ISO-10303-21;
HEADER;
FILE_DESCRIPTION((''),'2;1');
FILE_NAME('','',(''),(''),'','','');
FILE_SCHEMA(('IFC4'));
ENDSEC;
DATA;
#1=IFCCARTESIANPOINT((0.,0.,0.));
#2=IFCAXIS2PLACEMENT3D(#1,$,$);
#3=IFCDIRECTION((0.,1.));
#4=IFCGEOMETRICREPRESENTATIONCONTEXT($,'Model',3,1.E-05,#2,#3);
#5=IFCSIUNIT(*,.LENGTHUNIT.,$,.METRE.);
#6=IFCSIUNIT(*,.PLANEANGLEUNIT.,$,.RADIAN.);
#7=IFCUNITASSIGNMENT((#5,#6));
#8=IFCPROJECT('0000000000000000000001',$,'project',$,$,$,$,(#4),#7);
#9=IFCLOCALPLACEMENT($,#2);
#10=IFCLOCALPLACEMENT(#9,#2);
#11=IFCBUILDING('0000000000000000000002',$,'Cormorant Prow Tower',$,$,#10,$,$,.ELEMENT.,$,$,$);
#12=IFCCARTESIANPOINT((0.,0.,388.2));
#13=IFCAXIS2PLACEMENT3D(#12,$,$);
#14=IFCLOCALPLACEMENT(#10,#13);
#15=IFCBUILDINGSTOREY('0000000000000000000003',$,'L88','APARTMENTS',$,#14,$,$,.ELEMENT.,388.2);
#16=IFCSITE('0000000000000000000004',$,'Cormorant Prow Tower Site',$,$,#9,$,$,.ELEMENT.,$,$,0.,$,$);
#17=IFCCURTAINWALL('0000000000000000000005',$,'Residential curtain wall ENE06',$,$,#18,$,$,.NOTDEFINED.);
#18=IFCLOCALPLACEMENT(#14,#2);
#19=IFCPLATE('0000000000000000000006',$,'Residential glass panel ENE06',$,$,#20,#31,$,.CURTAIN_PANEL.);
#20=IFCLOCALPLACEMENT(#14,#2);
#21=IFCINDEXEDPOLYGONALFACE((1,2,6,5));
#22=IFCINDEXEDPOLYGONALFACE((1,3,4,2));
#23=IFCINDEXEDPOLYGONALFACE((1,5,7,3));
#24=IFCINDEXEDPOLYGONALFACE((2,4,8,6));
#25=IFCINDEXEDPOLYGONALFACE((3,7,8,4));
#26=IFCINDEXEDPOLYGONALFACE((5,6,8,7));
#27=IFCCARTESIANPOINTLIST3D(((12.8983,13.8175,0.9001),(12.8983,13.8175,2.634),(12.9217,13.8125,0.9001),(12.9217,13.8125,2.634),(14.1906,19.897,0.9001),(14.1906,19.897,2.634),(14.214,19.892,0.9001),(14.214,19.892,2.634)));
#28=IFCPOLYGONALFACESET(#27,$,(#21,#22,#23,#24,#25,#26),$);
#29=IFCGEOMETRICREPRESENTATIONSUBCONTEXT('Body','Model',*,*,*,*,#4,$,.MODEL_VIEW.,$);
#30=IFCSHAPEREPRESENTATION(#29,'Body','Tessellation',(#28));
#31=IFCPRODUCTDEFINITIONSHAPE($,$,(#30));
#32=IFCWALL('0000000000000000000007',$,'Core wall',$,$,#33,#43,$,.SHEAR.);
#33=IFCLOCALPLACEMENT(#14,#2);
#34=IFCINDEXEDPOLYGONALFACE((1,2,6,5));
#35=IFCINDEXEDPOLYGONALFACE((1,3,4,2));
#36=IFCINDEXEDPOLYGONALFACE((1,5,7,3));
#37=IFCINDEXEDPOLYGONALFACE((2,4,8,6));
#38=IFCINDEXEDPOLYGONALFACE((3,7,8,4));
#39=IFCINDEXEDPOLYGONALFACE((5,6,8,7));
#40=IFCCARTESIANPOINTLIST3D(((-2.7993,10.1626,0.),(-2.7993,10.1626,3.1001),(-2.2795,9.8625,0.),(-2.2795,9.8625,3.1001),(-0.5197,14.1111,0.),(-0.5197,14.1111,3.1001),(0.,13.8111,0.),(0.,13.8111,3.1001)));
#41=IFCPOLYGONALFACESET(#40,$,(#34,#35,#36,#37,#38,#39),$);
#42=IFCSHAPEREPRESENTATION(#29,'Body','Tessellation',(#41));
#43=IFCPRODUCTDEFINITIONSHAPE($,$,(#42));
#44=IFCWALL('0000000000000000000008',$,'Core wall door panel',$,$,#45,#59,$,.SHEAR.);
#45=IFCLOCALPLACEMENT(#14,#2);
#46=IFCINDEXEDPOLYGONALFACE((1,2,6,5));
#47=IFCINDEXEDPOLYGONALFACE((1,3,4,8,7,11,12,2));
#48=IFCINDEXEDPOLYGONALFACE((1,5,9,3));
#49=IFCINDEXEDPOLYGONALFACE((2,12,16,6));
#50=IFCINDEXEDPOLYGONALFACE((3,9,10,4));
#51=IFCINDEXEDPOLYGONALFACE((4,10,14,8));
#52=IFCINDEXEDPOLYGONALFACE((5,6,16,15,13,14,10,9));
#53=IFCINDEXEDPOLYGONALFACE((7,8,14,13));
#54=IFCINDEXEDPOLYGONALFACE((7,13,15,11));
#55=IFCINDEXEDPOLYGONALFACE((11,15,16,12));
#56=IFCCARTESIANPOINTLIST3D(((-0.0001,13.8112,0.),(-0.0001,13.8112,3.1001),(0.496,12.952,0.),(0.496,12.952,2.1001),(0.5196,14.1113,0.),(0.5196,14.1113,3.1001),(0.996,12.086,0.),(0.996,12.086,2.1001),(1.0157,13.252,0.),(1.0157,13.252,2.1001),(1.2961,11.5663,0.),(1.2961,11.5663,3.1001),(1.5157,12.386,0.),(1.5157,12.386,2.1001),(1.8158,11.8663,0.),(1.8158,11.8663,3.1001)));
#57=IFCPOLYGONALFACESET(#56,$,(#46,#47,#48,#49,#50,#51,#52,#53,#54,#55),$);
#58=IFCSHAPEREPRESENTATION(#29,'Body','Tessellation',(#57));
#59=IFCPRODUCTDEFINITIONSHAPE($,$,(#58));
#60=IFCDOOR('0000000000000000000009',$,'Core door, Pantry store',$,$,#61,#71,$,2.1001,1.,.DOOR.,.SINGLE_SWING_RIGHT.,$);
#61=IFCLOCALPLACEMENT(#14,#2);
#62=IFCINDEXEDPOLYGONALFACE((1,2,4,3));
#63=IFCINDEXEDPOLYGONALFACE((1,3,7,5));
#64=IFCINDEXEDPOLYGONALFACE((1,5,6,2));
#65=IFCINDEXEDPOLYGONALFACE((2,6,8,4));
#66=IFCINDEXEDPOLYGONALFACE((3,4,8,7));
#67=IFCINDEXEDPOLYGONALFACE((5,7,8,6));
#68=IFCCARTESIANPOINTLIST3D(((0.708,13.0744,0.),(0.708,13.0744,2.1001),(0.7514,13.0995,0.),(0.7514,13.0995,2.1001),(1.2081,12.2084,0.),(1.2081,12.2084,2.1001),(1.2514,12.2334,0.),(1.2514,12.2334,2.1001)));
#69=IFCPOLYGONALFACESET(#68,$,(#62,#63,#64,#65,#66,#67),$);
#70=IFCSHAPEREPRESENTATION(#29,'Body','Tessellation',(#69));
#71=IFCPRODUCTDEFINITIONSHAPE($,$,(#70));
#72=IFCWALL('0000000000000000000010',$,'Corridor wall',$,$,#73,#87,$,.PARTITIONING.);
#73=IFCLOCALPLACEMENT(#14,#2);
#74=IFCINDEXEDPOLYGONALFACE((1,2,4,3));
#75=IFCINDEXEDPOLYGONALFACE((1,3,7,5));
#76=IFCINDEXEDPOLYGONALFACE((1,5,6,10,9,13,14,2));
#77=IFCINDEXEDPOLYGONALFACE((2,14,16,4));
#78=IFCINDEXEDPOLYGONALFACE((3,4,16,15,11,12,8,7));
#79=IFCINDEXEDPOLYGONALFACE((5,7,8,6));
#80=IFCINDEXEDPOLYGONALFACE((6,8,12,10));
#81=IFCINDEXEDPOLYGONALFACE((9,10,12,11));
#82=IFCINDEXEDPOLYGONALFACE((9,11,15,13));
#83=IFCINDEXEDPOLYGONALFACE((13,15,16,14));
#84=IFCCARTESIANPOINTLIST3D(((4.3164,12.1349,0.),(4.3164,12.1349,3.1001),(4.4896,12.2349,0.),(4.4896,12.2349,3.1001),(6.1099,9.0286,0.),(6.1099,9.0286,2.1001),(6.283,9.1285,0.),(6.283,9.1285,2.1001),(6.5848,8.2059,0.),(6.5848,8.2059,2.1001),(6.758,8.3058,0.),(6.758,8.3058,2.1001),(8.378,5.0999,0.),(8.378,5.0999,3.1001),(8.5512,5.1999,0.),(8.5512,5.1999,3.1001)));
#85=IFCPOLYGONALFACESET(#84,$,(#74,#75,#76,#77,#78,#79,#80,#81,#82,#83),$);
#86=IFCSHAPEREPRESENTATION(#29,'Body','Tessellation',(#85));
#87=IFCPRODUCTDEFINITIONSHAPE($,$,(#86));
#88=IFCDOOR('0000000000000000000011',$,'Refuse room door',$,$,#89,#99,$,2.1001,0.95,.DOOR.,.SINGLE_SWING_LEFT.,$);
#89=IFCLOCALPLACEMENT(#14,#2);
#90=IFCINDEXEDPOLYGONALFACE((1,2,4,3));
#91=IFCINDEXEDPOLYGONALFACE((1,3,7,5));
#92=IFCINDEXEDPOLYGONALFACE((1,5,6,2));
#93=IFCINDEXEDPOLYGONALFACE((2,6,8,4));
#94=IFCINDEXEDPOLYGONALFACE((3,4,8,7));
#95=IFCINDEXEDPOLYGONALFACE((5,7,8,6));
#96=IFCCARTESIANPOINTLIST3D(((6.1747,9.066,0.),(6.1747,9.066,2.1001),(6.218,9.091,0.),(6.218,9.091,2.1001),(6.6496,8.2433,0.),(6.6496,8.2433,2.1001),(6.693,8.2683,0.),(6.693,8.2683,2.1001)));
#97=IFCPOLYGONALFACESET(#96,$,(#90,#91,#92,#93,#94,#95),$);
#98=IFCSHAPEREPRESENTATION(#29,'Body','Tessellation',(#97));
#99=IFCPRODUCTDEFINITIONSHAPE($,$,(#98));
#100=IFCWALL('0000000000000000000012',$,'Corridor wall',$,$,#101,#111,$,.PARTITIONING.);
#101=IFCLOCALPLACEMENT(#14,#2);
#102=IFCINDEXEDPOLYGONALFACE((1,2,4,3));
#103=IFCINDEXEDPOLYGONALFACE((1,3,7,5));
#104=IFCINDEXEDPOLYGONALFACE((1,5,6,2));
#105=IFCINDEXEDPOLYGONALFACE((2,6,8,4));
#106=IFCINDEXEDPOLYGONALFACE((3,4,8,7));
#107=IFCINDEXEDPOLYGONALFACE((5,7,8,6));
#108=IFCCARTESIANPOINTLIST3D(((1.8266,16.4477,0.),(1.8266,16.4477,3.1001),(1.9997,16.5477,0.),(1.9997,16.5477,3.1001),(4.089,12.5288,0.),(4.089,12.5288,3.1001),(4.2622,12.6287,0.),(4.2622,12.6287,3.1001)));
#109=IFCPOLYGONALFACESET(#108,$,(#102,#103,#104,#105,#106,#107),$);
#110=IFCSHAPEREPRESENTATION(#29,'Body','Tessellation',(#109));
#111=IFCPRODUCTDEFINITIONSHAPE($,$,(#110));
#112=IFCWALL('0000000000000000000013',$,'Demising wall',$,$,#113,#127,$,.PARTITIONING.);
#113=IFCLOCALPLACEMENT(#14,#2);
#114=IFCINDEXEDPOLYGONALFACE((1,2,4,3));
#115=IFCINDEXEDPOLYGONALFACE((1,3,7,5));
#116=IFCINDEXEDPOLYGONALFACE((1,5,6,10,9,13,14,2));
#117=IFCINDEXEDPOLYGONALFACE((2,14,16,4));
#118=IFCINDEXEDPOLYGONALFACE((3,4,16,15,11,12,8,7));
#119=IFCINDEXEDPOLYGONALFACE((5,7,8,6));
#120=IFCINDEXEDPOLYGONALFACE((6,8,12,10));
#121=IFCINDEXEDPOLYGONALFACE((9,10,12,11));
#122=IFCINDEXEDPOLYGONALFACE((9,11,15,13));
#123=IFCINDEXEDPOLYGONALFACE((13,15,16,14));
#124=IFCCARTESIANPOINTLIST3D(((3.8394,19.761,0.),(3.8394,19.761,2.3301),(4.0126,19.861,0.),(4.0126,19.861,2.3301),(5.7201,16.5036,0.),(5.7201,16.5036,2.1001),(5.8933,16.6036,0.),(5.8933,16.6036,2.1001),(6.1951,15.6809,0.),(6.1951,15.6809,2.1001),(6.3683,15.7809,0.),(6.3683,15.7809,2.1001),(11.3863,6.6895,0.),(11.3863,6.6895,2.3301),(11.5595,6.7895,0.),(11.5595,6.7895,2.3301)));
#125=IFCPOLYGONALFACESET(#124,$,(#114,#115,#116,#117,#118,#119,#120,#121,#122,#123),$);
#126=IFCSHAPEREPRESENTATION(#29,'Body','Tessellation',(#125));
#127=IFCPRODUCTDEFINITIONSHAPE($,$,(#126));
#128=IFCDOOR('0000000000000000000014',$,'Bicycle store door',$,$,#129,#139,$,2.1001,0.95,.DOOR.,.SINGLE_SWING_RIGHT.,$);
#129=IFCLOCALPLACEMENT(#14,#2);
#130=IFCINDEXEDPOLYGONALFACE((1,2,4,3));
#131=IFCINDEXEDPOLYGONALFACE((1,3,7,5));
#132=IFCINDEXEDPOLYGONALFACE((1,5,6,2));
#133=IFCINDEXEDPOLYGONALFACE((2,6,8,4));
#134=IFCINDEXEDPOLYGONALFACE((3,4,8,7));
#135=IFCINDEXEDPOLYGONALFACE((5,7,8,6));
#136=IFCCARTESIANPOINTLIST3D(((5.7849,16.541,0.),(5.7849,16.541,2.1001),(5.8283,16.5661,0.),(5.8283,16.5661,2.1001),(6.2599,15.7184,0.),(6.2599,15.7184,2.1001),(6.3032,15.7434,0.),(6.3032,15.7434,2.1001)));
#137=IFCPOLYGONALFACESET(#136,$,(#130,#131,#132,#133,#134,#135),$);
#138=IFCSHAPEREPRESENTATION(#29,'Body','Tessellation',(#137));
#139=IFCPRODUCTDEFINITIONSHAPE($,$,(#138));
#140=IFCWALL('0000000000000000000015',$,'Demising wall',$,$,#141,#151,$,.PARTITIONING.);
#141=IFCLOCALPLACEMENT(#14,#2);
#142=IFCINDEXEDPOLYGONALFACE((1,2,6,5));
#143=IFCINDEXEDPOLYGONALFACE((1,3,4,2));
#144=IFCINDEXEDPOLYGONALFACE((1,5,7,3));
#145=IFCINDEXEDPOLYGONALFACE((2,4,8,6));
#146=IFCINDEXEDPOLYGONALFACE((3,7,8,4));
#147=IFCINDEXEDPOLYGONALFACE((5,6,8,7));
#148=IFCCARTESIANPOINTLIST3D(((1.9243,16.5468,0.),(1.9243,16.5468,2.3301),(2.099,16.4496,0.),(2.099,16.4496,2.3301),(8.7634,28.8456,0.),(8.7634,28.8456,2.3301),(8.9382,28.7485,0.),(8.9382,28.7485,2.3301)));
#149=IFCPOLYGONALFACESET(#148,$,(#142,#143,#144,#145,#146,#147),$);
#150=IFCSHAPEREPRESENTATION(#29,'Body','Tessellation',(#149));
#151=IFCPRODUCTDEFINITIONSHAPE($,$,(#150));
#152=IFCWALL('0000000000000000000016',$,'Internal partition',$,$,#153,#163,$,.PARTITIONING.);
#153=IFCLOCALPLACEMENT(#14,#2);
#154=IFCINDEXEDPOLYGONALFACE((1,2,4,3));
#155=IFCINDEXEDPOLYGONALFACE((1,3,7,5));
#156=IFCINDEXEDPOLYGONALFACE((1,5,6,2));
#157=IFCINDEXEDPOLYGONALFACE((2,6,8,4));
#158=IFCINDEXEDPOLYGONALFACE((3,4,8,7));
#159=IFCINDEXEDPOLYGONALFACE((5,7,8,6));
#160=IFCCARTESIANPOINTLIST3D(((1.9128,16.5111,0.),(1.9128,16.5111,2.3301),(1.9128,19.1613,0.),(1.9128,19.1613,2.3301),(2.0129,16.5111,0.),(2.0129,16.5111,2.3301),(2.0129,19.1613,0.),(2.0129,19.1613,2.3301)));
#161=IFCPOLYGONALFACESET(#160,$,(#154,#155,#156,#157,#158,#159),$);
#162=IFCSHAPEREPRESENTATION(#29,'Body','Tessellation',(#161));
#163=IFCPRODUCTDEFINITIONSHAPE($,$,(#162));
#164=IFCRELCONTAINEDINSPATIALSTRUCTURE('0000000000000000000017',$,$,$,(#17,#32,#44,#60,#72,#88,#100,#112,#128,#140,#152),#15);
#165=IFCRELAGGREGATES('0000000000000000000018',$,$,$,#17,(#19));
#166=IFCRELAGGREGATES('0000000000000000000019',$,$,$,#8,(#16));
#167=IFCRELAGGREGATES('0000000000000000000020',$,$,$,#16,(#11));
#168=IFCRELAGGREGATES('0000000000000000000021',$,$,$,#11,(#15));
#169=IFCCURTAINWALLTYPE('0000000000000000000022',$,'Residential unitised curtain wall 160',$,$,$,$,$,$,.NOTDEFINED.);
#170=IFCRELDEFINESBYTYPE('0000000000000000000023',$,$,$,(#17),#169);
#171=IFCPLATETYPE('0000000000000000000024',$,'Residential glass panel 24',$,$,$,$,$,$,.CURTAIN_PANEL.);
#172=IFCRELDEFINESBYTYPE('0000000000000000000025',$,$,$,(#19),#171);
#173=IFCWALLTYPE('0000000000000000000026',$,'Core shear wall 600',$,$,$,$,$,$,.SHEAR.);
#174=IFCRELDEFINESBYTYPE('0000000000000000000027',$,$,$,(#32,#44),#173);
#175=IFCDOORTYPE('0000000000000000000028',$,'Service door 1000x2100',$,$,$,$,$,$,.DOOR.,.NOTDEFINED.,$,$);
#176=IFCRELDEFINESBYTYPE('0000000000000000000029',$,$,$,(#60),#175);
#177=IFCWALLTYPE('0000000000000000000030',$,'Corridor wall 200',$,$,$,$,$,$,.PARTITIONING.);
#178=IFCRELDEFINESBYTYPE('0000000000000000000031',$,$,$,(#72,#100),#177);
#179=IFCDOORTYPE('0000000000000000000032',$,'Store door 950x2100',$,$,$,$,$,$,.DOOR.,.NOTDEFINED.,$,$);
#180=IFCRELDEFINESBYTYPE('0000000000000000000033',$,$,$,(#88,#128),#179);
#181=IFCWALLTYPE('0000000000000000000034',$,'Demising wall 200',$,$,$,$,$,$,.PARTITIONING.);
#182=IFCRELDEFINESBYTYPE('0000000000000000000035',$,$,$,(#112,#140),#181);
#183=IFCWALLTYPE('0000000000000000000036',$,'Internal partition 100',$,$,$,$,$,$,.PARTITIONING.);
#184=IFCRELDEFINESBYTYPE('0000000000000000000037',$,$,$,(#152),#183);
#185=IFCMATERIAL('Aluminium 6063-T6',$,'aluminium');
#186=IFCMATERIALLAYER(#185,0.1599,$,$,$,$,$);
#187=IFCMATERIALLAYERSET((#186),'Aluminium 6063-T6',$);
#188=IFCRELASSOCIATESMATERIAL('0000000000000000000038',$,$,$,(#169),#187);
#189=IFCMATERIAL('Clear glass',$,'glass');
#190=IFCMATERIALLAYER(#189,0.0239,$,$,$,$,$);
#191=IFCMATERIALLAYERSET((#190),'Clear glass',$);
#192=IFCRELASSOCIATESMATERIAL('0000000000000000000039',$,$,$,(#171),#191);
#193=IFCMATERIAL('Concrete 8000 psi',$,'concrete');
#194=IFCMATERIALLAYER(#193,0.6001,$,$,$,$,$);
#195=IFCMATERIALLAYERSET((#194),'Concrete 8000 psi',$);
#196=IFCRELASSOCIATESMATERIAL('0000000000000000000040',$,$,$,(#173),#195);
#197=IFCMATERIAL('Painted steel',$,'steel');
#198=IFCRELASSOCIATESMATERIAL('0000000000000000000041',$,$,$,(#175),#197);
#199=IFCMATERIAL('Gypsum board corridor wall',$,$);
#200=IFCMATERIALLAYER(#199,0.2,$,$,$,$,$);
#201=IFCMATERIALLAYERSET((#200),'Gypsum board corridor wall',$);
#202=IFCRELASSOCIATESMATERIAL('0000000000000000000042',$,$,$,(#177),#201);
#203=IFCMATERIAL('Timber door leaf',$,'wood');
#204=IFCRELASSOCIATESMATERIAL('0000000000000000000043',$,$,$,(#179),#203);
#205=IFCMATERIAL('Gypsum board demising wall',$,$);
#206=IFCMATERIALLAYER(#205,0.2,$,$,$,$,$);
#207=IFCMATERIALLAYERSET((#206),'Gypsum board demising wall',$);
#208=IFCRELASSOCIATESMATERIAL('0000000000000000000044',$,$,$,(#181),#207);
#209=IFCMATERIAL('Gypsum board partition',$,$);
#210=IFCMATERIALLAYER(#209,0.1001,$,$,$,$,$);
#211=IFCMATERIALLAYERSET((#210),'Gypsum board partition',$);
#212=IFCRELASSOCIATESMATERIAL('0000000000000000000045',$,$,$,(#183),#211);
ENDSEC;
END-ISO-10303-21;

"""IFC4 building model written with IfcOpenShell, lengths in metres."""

from ifc_helpers import new_model, si_unit, direction, frame, frame_2d, origin, origin_2d, place, context, subcontext, project, spatial, rectangle, extrude, material, layer, layer_set, type_object, element, fill, aggregate, save


model = new_model("IFC4")

# Units and contexts
model_context = context("Model", 3, precision=1e-05, world=origin(), true_north=direction((0.0, 1.0)))
body_context = subcontext(model_context, "Body", "Model", "MODEL_VIEW")
ifc_project = project(units=[si_unit("LENGTHUNIT", "METRE"), si_unit("PLANEANGLEUNIT", "RADIAN")], contexts=[model_context])

# Site, building, storey
site_placement = place(None, origin())
site = spatial("IfcSite", under=ifc_project, at=site_placement, Name="Cormorant Prow Tower Site", CompositionType="ELEMENT", RefElevation=0.0)
building_placement = place(site_placement, origin())
building = spatial("IfcBuilding", under=site, at=building_placement, Name="Cormorant Prow Tower", CompositionType="ELEMENT")
storey_placement = place(building_placement, frame((0.0, 0.0, 388.2)))
storey = spatial("IfcBuildingStorey", under=building, at=storey_placement, Name="L88", Description="APARTMENTS", CompositionType="ELEMENT", Elevation=388.2)

# Curtain wall
ifc_material_1 = material(Name="Aluminium 6063-T6", Category="aluminium")
ifc_layer_1 = layer(ifc_material_1, 0.1599)
ifc_layer_set_1 = layer_set([ifc_layer_1], Name="Aluminium 6063-T6")
curtain_wall_type = type_object("IfcCurtainWallType", Name="Residential unitised curtain wall 160", PredefinedType="NOTDEFINED", material=ifc_layer_set_1)
curtain_wall_placement = place(storey_placement, origin())
curtain_wall = element("IfcCurtainWall", 1, at=curtain_wall_placement, inside=storey, type_object=curtain_wall_type, Name="Residential curtain wall ENE06", PredefinedType="NOTDEFINED")

# Plate
ifc_material_2 = material(Name="Clear glass", Category="glass")
ifc_layer_2 = layer(ifc_material_2, 0.0239)
ifc_layer_set_2 = layer_set([ifc_layer_2], Name="Clear glass")
plate_type = type_object("IfcPlateType", Name="Residential glass panel 24", PredefinedType="CURTAIN_PANEL", material=ifc_layer_set_2)
plate_placement = place(storey_placement, frame((13.5562, 16.8547, 0.9001), z_axis=(0.0, 0.0, 1.0), x_axis=(0.207912, 0.978148, 0.0)))
plate = element("IfcPlate", 2, at=plate_placement, type_object=plate_type, Name="Residential glass panel ENE06", PredefinedType="CURTAIN_PANEL", context=body_context, shape_type="SweptSolid", body=[
    extrude(rectangle(XDim=6.2153, YDim=0.0239, at=origin_2d()), origin(), (0.0, 0.0, 1.0), 1.7339),
])
aggregate(curtain_wall, [plate])

# Wall
ifc_material_3 = material(Name="Concrete 8000 psi", Category="concrete")
ifc_layer_3 = layer(ifc_material_3, 0.6001)
ifc_layer_set_3 = layer_set([ifc_layer_3], Name="Concrete 8000 psi")
wall_type_1 = type_object("IfcWallType", Name="Core shear wall 600", PredefinedType="SHEAR", material=ifc_layer_set_3)
wall_1_placement = place(storey_placement, frame((-0.2598, 13.9612, 0.0), z_axis=(0.0, 0.0, 1.0), x_axis=(-0.49998, -0.866037, 0.0)))
element("IfcWall", 3, at=wall_1_placement, inside=storey, type_object=wall_type_1, Name="Core wall", PredefinedType="SHEAR", context=body_context, shape_type="SweptSolid", body=[
    extrude(rectangle(XDim=4.5593, YDim=0.6001, at=frame_2d((2.2798, 0.0))), origin(), (0.0, 0.0, 1.0), 3.1001),
])

# Walls, openings, doors
wall_2_placement = place(storey_placement, frame((1.5559, 11.7163, 0.0), z_axis=(0.0, 0.0, 1.0), x_axis=(-0.500019, 0.866015, 0.0)))
wall_2 = element("IfcWall", 4, at=wall_2_placement, inside=storey, type_object=wall_type_1, Name="Core wall door panel", PredefinedType="SHEAR", context=body_context, shape_type="SweptSolid", body=[
    extrude(rectangle(XDim=2.5923, YDim=0.6001, at=frame_2d((1.2961, 0.0))), origin(), (0.0, 0.0, 1.0), 3.1001),
])
opening_1_placement = place(wall_2_placement, frame((0.6001, 0.0, 0.0)))
opening_1 = element("IfcOpeningElement", 5, at=opening_1_placement, cuts=wall_2, PredefinedType="OPENING", context=body_context, shape_type="SweptSolid", body=[
    extrude(rectangle(XDim=1.0, YDim=2.1001, at=frame_2d((0.5, 1.05))), frame((0.0, 0.3101, 0.0), z_axis=(0.0, -1.0, 0.0), x_axis=(1.0, 0.0, 0.0)), (0.0, 0.0, 1.0), 0.6201),
])
ifc_material_4 = material(Name="Painted steel", Category="steel")
door_type_1 = type_object("IfcDoorType", Name="Service door 1000x2100", OperationType="NOTDEFINED", PredefinedType="DOOR", material=ifc_material_4)
door_1_placement = place(opening_1_placement, origin())
door_1 = element("IfcDoor", 6, at=door_1_placement, inside=storey, type_object=door_type_1, Name="Core door, Pantry store", OperationType="SINGLE_SWING_RIGHT", OverallHeight=2.1001, OverallWidth=1.0, PredefinedType="DOOR", context=body_context, shape_type="SweptSolid", body=[
    extrude(rectangle(XDim=1.0, YDim=2.1001, at=frame_2d((0.5, 1.05))), frame((0.0, 0.0552, 0.0), z_axis=(0.0, -1.0, 0.0), x_axis=(1.0, 0.0, 0.0)), (0.0, 0.0, 1.0), 0.05),
])
fill(opening_1, door_1)
ifc_material_5 = material(Name="Gypsum board corridor wall")
ifc_layer_4 = layer(ifc_material_5, 0.2)
ifc_layer_set_4 = layer_set([ifc_layer_4], Name="Gypsum board corridor wall")
wall_type_2 = type_object("IfcWallType", Name="Corridor wall 200", PredefinedType="PARTITIONING", material=ifc_layer_set_4)
wall_3_placement = place(storey_placement, frame((4.4031, 12.1848, 0.0), z_axis=(0.0, 0.0, 1.0), x_axis=(0.499992, -0.86603, 0.0)))
wall_3 = element("IfcWall", 7, at=wall_3_placement, inside=storey, type_object=wall_type_2, Name="Corridor wall", PredefinedType="PARTITIONING", context=body_context, shape_type="SweptSolid", body=[
    extrude(rectangle(XDim=8.1233, YDim=0.2, at=frame_2d((4.0615, 0.0))), origin(), (0.0, 0.0, 1.0), 3.1001),
])
opening_2_placement = place(wall_3_placement, frame((3.5867, 0.0, 0.0)))
opening_2 = element("IfcOpeningElement", 8, at=opening_2_placement, cuts=wall_3, PredefinedType="OPENING", context=body_context, shape_type="SweptSolid", body=[
    extrude(rectangle(XDim=0.95, YDim=2.1001, at=frame_2d((0.4751, 1.05))), frame((0.0, 0.1099, 0.0), z_axis=(0.0, -1.0, 0.0), x_axis=(1.0, 0.0, 0.0)), (0.0, 0.0, 1.0), 0.22),
])
ifc_material_6 = material(Name="Timber door leaf", Category="wood")
door_type_2 = type_object("IfcDoorType", Name="Store door 950x2100", OperationType="NOTDEFINED", PredefinedType="DOOR", material=ifc_material_6)
door_2_placement = place(opening_2_placement, origin())
door_2 = element("IfcDoor", 9, at=door_2_placement, inside=storey, type_object=door_type_2, Name="Refuse room door", OperationType="SINGLE_SWING_LEFT", OverallHeight=2.1001, OverallWidth=0.95, PredefinedType="DOOR", context=body_context, shape_type="SweptSolid", body=[
    extrude(rectangle(XDim=0.95, YDim=2.1001, at=frame_2d((0.4751, 1.05))), frame((0.0, 0.0249, 0.0), z_axis=(0.0, -1.0, 0.0), x_axis=(1.0, 0.0, 0.0)), (0.0, 0.0, 1.0), 0.05),
])
fill(opening_2, door_2)

# Wall
wall_4_placement = place(storey_placement, frame((1.9131, 16.4978, 0.0), z_axis=(0.0, 0.0, 1.0), x_axis=(0.499975, -0.86604, 0.0)))
element("IfcWall", 10, at=wall_4_placement, inside=storey, type_object=wall_type_2, Name="Corridor wall", PredefinedType="PARTITIONING", context=body_context, shape_type="SweptSolid", body=[
    extrude(rectangle(XDim=4.5251, YDim=0.2, at=frame_2d((2.2627, 0.0))), origin(), (0.0, 0.0, 1.0), 3.1001),
])

# Wall, opening, door
ifc_material_7 = material(Name="Gypsum board demising wall")
ifc_layer_5 = layer(ifc_material_7, 0.2)
ifc_layer_set_5 = layer_set([ifc_layer_5], Name="Gypsum board demising wall")
wall_type_3 = type_object("IfcWallType", Name="Demising wall 200", PredefinedType="PARTITIONING", material=ifc_layer_set_5)
wall_5_placement = place(storey_placement, frame((3.926, 19.811, 0.0), z_axis=(0.0, 0.0, 1.0), x_axis=(0.500001, -0.866025, 0.0)))
wall_5 = element("IfcWall", 11, at=wall_5_placement, inside=storey, type_object=wall_type_3, Name="Demising wall", PredefinedType="PARTITIONING", context=body_context, shape_type="SweptSolid", body=[
    extrude(rectangle(XDim=15.0938, YDim=0.2, at=frame_2d((7.5469, 0.0))), origin(), (0.0, 0.0, 1.0), 2.3301),
])
opening_3_placement = place(wall_5_placement, frame((3.7612, 0.0, 0.0)))
opening_3 = element("IfcOpeningElement", 12, at=opening_3_placement, cuts=wall_5, PredefinedType="OPENING", context=body_context, shape_type="SweptSolid", body=[
    extrude(rectangle(XDim=0.95, YDim=2.1001, at=frame_2d((0.4751, 1.05))), frame((0.0, 0.1099, 0.0), z_axis=(0.0, -1.0, 0.0), x_axis=(1.0, 0.0, 0.0)), (0.0, 0.0, 1.0), 0.22),
])
door_3_placement = place(opening_3_placement, origin())
door_3 = element("IfcDoor", 13, at=door_3_placement, inside=storey, type_object=door_type_2, Name="Bicycle store door", OperationType="SINGLE_SWING_RIGHT", OverallHeight=2.1001, OverallWidth=0.95, PredefinedType="DOOR", context=body_context, shape_type="SweptSolid", body=[
    extrude(rectangle(XDim=0.95, YDim=2.1001, at=frame_2d((0.4751, 1.05))), frame((0.0, 0.0249, 0.0), z_axis=(0.0, -1.0, 0.0), x_axis=(1.0, 0.0, 0.0)), (0.0, 0.0, 1.0), 0.05),
])
fill(opening_3, door_3)

# Walls
wall_6_placement = place(storey_placement, frame((2.0117, 16.4983, 0.0), z_axis=(0.0, 0.0, 1.0), x_axis=(0.485992, 0.873963, 0.0)))
element("IfcWall", 14, at=wall_6_placement, inside=storey, type_object=wall_type_3, Name="Demising wall", PredefinedType="PARTITIONING", context=body_context, shape_type="SweptSolid", body=[
    extrude(rectangle(XDim=14.0725, YDim=0.2, at=frame_2d((7.0361, 0.0))), origin(), (0.0, 0.0, 1.0), 2.3301),
])
ifc_material_8 = material(Name="Gypsum board partition")
ifc_layer_6 = layer(ifc_material_8, 0.1001)
ifc_layer_set_6 = layer_set([ifc_layer_6], Name="Gypsum board partition")
wall_type_4 = type_object("IfcWallType", Name="Internal partition 100", PredefinedType="PARTITIONING", material=ifc_layer_set_6)
wall_7_placement = place(storey_placement, frame((1.9629, 16.511, 0.0), z_axis=(0.0, 0.0, 1.0), x_axis=(0.0, 1.0, 0.0)))
element("IfcWall", 15, at=wall_7_placement, inside=storey, type_object=wall_type_4, Name="Internal partition", PredefinedType="PARTITIONING", context=body_context, shape_type="SweptSolid", body=[
    extrude(rectangle(XDim=2.6501, YDim=0.1001, at=frame_2d((1.3252, 0.0))), origin(), (0.0, 0.0, 1.0), 2.3301),
])

save(model, "model.ifc")
